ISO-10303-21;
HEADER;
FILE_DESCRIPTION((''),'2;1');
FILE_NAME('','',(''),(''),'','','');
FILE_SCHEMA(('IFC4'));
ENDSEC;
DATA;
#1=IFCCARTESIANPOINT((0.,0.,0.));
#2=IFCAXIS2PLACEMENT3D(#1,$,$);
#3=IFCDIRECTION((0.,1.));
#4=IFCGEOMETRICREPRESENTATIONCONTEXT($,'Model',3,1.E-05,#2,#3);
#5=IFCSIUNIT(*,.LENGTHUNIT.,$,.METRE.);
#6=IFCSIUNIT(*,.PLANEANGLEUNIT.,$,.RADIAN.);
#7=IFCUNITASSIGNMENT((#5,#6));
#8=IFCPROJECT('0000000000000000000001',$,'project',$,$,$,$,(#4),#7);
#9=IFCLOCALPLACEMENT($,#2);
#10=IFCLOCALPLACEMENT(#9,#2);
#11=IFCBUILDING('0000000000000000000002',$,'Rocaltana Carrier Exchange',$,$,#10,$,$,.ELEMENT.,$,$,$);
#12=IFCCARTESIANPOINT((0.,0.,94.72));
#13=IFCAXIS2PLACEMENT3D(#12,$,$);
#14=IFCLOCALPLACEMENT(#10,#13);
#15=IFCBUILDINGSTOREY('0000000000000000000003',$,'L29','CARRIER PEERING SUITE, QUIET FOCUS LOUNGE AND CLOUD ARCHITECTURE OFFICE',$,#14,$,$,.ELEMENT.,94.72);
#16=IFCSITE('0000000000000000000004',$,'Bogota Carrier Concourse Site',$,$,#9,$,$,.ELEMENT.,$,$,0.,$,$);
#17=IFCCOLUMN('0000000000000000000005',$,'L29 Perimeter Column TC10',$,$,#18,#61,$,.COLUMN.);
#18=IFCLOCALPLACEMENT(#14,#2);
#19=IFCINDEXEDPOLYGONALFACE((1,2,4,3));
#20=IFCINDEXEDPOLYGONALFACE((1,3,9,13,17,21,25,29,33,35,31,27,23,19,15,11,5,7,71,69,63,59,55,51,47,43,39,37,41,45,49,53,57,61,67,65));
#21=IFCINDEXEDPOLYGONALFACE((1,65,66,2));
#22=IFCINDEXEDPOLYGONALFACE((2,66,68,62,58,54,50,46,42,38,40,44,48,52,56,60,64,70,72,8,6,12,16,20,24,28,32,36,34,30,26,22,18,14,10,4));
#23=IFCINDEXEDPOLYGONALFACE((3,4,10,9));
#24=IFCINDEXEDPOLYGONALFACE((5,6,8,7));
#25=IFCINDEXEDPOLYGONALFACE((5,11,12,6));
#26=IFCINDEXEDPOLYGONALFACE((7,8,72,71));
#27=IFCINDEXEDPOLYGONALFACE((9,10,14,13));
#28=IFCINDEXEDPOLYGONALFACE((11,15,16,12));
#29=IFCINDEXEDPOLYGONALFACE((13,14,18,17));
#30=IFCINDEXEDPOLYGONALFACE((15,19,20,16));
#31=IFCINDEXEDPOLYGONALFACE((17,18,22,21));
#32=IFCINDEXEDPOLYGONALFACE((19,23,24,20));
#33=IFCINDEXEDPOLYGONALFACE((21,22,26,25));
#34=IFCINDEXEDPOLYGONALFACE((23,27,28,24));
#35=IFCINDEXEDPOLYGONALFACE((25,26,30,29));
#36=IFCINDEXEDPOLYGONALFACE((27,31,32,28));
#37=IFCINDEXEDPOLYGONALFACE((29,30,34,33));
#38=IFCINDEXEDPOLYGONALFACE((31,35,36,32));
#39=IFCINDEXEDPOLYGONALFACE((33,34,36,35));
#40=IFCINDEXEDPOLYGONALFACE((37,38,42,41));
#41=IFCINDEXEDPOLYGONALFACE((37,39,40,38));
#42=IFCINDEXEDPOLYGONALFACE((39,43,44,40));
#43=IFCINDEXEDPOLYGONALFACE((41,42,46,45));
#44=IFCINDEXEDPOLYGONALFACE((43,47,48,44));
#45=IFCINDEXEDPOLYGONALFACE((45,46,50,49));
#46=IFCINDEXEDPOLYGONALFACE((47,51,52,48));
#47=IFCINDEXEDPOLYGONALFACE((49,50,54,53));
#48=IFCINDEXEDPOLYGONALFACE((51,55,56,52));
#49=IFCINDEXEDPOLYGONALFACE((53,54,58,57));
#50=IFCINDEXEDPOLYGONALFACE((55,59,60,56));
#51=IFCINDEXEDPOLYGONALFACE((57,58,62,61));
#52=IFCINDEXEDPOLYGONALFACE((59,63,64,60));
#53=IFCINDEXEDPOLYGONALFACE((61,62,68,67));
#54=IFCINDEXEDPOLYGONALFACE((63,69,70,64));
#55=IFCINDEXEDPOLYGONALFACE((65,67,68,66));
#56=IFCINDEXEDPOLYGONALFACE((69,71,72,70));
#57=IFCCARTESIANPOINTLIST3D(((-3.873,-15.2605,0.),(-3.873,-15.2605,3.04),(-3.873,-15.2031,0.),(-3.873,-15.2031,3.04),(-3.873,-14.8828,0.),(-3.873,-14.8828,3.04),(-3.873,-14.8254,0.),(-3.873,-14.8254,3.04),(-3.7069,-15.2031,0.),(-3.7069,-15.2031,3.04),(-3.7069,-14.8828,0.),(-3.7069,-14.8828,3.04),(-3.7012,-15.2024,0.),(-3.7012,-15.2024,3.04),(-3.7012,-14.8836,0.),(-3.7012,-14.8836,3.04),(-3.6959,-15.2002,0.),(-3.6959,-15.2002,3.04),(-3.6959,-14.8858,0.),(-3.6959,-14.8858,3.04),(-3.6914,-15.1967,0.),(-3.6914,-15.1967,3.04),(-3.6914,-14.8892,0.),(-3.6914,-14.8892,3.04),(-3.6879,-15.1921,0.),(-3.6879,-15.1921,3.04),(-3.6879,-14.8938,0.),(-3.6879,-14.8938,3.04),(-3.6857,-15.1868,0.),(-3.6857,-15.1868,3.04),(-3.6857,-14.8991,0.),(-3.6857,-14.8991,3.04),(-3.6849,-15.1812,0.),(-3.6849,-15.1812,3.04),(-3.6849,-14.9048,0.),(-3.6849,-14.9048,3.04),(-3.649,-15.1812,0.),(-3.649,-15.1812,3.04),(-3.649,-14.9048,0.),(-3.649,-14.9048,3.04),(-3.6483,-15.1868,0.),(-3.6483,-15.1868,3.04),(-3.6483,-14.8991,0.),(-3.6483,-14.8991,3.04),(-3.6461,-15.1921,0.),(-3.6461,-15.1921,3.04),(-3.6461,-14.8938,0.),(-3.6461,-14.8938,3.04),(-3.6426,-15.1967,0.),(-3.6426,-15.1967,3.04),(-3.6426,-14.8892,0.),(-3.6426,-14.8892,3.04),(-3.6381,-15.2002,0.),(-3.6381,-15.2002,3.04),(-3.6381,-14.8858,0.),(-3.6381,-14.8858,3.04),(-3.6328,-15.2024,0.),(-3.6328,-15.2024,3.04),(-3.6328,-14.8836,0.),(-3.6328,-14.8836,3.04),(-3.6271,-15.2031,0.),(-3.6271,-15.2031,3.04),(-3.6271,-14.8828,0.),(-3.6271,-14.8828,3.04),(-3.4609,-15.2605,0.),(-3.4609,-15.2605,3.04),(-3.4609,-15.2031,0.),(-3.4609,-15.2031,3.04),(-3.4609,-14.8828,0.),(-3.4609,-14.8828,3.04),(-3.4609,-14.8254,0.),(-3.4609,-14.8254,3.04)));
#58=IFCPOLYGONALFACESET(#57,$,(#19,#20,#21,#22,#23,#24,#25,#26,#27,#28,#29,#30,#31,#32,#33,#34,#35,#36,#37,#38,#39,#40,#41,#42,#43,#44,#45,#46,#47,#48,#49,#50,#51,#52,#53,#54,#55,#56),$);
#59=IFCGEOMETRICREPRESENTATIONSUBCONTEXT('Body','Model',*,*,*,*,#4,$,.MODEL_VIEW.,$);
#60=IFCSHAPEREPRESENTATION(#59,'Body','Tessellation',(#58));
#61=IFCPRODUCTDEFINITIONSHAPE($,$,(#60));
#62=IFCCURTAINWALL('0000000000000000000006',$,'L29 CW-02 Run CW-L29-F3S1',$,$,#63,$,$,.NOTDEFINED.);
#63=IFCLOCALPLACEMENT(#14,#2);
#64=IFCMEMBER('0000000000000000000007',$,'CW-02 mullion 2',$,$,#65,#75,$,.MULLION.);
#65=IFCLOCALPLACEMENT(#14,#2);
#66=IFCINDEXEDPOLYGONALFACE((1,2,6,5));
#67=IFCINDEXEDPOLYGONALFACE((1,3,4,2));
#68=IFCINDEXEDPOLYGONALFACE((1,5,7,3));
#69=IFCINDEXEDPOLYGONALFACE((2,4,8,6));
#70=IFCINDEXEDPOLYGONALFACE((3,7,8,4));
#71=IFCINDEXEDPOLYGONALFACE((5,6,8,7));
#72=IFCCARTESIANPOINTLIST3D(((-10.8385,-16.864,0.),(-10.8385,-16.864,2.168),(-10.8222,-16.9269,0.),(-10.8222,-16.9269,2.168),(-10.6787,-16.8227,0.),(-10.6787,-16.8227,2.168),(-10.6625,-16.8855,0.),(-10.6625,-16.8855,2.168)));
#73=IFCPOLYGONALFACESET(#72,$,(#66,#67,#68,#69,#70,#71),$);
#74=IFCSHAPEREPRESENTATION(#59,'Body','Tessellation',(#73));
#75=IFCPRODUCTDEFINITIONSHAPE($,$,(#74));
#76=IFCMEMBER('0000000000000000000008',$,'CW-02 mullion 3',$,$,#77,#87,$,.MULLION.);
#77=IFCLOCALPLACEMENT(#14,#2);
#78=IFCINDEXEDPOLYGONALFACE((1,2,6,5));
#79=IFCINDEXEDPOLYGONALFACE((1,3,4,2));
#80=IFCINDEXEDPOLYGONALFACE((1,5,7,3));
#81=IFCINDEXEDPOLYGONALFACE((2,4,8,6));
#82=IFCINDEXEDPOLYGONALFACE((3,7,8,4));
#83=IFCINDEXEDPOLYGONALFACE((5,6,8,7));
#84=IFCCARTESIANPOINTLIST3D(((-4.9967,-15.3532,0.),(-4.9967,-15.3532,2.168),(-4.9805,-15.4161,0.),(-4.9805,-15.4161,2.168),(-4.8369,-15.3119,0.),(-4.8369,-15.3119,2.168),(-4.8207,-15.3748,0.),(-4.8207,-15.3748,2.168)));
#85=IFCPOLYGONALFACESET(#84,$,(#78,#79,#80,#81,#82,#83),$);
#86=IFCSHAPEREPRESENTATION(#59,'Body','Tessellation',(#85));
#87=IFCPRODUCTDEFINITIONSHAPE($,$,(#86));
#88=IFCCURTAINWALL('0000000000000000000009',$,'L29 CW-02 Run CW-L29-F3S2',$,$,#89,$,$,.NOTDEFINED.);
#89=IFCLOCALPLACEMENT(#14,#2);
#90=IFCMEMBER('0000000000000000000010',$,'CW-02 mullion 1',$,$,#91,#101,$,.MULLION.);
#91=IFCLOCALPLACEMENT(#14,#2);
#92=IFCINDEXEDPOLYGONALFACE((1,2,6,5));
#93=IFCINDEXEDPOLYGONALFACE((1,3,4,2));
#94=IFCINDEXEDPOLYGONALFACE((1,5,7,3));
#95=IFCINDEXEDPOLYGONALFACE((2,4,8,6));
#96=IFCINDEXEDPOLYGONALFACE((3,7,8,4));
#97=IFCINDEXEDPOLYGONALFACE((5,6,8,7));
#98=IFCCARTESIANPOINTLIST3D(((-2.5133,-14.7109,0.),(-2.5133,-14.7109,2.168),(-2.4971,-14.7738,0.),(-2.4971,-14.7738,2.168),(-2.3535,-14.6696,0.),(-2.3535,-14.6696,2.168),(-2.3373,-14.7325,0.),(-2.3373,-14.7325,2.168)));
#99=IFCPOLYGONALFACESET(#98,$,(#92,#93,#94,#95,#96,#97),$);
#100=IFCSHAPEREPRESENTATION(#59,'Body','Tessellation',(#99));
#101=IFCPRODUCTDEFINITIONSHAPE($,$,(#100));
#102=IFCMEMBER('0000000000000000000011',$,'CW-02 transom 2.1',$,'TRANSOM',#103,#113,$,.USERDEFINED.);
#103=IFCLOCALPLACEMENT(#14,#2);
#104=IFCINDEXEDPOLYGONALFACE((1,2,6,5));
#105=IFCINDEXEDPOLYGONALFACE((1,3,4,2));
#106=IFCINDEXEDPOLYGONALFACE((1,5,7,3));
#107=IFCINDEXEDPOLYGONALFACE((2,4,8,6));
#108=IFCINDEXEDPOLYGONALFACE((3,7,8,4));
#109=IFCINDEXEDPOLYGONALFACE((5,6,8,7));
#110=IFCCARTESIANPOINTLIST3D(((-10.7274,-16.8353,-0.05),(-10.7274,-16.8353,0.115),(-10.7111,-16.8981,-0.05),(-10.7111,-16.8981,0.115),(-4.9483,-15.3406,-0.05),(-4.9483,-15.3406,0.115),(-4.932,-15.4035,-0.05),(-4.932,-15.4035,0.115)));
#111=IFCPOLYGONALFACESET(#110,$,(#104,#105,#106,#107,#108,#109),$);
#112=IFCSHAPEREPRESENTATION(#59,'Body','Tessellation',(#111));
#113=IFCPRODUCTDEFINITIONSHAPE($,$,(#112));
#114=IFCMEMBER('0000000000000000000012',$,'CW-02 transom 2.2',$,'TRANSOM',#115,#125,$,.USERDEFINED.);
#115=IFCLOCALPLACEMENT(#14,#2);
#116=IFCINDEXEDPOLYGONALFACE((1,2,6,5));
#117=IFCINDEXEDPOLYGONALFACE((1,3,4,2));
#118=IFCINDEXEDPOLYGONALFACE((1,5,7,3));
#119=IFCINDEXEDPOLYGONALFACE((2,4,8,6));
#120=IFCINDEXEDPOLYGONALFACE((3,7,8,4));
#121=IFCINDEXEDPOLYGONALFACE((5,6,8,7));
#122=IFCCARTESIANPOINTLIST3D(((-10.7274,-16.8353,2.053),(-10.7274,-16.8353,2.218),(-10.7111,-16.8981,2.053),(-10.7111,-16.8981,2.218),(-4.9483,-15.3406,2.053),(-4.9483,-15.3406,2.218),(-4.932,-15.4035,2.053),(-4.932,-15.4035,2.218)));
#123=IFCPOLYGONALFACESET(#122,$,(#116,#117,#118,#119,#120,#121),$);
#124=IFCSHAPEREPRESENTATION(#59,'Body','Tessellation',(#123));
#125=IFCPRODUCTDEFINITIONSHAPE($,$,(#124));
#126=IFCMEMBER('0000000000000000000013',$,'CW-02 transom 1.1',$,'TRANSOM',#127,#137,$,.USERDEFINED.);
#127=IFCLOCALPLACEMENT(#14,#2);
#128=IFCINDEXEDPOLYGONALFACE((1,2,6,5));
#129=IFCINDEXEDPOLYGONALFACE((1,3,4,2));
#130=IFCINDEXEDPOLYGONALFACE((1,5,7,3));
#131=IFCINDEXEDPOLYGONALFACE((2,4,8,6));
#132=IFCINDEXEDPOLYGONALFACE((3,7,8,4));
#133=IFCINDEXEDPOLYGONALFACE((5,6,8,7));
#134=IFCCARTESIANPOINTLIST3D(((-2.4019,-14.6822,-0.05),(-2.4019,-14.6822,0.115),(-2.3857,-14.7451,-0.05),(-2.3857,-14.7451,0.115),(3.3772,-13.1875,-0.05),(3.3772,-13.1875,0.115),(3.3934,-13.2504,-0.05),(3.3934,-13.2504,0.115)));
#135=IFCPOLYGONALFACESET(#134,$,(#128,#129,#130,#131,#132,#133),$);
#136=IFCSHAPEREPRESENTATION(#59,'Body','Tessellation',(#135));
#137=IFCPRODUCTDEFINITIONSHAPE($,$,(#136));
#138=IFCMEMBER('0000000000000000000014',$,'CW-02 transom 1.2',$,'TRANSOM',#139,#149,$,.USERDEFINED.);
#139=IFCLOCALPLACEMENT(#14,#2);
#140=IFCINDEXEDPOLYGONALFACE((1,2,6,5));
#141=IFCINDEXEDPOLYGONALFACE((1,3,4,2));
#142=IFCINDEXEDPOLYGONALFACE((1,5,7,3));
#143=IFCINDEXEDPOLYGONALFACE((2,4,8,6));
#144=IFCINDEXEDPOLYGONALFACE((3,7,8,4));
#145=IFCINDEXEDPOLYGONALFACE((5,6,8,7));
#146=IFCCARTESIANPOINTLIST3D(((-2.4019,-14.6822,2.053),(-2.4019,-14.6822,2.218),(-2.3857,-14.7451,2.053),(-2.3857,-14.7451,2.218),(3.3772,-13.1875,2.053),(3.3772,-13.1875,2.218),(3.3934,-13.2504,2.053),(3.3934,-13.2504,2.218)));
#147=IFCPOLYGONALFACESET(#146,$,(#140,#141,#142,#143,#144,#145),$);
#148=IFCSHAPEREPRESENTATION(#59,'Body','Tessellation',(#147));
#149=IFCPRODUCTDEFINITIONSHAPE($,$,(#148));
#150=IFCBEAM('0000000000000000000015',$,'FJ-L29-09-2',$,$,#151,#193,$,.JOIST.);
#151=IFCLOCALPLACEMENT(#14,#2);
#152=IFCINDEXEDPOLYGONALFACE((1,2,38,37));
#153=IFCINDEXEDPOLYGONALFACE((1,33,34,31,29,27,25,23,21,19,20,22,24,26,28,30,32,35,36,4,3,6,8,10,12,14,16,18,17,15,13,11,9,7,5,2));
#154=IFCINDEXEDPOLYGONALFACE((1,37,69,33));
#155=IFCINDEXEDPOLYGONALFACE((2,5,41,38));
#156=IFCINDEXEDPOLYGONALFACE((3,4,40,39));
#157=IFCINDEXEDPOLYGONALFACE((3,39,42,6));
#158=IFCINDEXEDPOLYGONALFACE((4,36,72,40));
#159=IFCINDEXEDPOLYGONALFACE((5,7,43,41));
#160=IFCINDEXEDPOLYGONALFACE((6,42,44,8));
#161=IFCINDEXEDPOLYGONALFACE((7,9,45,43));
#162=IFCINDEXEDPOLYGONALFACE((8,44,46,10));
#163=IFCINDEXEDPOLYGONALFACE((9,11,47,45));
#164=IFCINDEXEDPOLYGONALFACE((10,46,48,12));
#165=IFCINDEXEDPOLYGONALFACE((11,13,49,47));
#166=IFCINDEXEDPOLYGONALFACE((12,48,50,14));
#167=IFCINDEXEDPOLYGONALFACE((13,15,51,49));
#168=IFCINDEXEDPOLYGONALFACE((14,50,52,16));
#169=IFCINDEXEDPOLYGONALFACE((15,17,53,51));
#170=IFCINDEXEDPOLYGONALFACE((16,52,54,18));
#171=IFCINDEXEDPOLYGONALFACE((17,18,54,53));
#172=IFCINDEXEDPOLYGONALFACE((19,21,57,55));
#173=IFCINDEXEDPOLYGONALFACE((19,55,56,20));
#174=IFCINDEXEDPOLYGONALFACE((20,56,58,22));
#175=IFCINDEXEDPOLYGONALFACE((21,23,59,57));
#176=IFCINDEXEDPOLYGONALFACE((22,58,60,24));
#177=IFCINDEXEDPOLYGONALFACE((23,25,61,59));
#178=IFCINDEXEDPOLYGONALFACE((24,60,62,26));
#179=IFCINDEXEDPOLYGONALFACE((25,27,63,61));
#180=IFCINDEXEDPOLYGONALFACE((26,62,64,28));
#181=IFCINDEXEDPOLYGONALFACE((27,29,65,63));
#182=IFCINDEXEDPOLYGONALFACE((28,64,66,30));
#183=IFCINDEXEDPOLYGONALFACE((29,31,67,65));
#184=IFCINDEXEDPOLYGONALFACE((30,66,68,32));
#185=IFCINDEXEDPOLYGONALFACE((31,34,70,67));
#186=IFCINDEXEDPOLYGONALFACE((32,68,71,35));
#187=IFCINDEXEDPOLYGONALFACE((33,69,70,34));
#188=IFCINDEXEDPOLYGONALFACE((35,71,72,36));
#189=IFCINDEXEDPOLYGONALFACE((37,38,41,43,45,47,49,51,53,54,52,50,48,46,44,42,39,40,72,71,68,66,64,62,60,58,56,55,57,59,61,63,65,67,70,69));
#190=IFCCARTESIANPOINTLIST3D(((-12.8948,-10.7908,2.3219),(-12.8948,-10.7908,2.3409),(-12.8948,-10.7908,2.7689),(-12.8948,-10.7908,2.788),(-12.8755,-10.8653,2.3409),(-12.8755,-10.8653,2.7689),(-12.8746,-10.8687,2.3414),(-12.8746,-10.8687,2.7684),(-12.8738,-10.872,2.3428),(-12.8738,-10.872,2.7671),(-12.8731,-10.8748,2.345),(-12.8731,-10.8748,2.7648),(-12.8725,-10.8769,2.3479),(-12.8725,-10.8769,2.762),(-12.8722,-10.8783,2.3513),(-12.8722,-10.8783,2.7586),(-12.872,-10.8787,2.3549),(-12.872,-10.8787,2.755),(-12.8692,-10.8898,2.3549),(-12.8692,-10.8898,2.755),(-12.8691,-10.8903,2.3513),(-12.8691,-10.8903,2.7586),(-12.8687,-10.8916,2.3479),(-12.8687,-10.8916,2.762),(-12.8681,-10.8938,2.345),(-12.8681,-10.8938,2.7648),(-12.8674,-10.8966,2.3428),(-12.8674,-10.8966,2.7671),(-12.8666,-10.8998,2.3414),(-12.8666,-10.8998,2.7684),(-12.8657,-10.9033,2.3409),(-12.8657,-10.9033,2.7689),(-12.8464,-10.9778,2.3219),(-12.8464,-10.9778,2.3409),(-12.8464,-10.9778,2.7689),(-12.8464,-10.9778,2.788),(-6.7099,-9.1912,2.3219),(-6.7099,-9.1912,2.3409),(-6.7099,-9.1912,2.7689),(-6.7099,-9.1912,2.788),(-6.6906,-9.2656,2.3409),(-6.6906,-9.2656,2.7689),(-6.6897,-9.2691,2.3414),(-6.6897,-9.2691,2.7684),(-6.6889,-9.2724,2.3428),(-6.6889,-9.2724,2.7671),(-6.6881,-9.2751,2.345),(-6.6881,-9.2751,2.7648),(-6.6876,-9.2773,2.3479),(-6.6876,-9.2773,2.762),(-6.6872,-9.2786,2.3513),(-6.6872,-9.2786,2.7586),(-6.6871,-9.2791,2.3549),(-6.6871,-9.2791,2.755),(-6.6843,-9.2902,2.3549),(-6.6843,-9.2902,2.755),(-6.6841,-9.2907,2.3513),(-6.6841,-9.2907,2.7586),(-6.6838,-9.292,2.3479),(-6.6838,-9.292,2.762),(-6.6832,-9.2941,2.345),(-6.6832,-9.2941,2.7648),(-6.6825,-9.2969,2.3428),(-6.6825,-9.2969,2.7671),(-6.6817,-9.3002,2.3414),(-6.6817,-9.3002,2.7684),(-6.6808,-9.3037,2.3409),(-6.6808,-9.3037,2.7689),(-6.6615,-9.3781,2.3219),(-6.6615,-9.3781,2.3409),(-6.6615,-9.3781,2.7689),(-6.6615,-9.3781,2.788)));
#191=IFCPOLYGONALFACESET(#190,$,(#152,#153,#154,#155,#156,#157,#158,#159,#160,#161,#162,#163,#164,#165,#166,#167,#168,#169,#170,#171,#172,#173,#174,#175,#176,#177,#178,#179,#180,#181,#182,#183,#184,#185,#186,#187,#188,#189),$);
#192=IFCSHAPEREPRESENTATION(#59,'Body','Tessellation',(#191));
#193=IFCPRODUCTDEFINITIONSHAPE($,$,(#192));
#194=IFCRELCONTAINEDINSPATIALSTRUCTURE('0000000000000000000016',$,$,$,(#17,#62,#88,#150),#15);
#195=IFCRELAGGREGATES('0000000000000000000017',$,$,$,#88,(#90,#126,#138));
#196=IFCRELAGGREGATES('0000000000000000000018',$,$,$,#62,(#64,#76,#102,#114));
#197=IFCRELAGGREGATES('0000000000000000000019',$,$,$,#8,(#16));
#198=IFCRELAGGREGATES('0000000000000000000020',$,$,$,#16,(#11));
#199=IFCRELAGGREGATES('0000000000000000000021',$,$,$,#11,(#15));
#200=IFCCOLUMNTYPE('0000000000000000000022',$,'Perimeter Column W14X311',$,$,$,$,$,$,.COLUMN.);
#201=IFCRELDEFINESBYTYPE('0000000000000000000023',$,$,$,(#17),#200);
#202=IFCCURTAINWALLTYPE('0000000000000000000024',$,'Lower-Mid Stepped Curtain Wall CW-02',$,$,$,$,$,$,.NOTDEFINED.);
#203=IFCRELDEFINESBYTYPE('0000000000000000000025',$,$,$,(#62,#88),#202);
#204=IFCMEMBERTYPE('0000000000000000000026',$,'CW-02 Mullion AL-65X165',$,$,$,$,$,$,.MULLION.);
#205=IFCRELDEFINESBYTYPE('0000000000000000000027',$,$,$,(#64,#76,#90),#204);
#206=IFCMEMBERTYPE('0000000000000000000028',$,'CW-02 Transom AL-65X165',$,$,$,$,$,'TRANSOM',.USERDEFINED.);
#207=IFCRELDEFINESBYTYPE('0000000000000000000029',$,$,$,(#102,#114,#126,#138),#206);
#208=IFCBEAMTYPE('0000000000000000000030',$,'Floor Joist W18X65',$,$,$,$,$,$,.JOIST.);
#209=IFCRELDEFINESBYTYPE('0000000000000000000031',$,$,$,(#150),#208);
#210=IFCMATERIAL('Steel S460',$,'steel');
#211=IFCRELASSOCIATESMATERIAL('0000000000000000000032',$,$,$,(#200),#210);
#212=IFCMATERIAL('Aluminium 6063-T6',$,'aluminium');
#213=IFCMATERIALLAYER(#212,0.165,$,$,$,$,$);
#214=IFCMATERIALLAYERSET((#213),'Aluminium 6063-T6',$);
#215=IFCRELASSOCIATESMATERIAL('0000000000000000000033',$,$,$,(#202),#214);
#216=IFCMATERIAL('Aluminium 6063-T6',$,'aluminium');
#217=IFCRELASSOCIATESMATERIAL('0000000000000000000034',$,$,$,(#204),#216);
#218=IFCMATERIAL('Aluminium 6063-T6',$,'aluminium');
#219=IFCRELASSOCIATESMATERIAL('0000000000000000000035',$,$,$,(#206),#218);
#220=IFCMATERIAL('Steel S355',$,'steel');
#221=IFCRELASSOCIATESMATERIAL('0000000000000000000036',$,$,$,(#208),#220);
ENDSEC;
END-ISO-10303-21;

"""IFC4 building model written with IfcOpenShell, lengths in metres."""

from ifc_helpers import new_model, si_unit, direction, frame, origin, origin_2d, place, context, subcontext, project, spatial, rectangle, i_section, extrude, material, layer, layer_set, material_profile, profile_set, type_object, element, aggregate, save


model = new_model("IFC4")

# Units and contexts
model_context = context("Model", 3, precision=1e-05, world=origin(), true_north=direction((0.0, 1.0)))
body_context = subcontext(model_context, "Body", "Model", "MODEL_VIEW")
ifc_project = project(units=[si_unit("LENGTHUNIT", "METRE"), si_unit("PLANEANGLEUNIT", "RADIAN")], contexts=[model_context])

# Site, building, storey
site_placement = place(None, origin())
site = spatial("IfcSite", under=ifc_project, at=site_placement, Name="Bogota Carrier Concourse Site", CompositionType="ELEMENT", RefElevation=0.0)
building_placement = place(site_placement, origin())
building = spatial("IfcBuilding", under=site, at=building_placement, Name="Rocaltana Carrier Exchange", CompositionType="ELEMENT")
storey_placement = place(building_placement, frame((0.0, 0.0, 94.72)))
storey = spatial("IfcBuildingStorey", under=building, at=storey_placement, Name="L29", Description="CARRIER PEERING SUITE, QUIET FOCUS LOUNGE AND CLOUD ARCHITECTURE OFFICE", CompositionType="ELEMENT", Elevation=94.72)

# Column
ifc_material_1 = material(Name="Steel S460", Category="steel")
ifc_material_profile_1 = material_profile(ifc_material_1, i_section(OverallWidth=0.4121, OverallDepth=0.4351, WebThickness=0.0359, FlangeThickness=0.0574, FilletRadius=0.022, at=origin_2d()), Name="W14X311")
ifc_profile_set_1 = profile_set([ifc_material_profile_1], Name="Steel S460")
column_type = type_object("IfcColumnType", Name="Perimeter Column W14X311", PredefinedType="COLUMN", material=ifc_profile_set_1)
column_placement = place(storey_placement, frame((-3.667, -15.043, 0.0), z_axis=(0.0, 0.0, 1.0), x_axis=(1.0, 0.0, 0.0)))
element("IfcColumn", 1, at=column_placement, inside=storey, type_object=column_type, Name="L29 Perimeter Column TC10", PredefinedType="COLUMN", context=body_context, shape_type="SweptSolid", body=[
    extrude(i_section(OverallWidth=0.4121, OverallDepth=0.4351, WebThickness=0.0359, FlangeThickness=0.0574, FilletRadius=0.022, at=origin_2d()), origin(), (0.0, 0.0, 1.0), 3.04),
])

# Curtain wall, members
ifc_material_2 = material(Name="Aluminium 6063-T6", Category="aluminium")
ifc_layer_1 = layer(ifc_material_2, 0.165)
ifc_layer_set_1 = layer_set([ifc_layer_1], Name="Aluminium 6063-T6")
curtain_wall_type = type_object("IfcCurtainWallType", Name="Lower-Mid Stepped Curtain Wall CW-02", PredefinedType="NOTDEFINED", material=ifc_layer_set_1)
curtain_wall_1_placement = place(storey_placement, origin())
curtain_wall_1 = element("IfcCurtainWall", 2, at=curtain_wall_1_placement, inside=storey, type_object=curtain_wall_type, Name="L29 CW-02 Run CW-L29-F3S1", PredefinedType="NOTDEFINED")
ifc_material_3 = material(Name="Aluminium 6063-T6", Category="aluminium")
ifc_material_profile_2 = material_profile(ifc_material_3, rectangle(XDim=0.0649, YDim=0.165, at=origin_2d()), Name="AL-65X165")
ifc_profile_set_2 = profile_set([ifc_material_profile_2], Name="Aluminium 6063-T6")
member_type_1 = type_object("IfcMemberType", Name="CW-02 Mullion AL-65X165", PredefinedType="MULLION", material=ifc_profile_set_2)
member_1_placement = place(storey_placement, frame((-10.7505, -16.8748, 0.0), z_axis=(0.0, 0.0, 1.0), x_axis=(-0.250378, 0.968148, 0.0)))
member_1 = element("IfcMember", 3, at=member_1_placement, type_object=member_type_1, Name="CW-02 mullion 2", PredefinedType="MULLION", context=body_context, shape_type="SweptSolid", body=[
    extrude(rectangle(XDim=0.0649, YDim=0.165, at=origin_2d()), origin(), (0.0, 0.0, 1.0), 2.168),
])
member_2_placement = place(storey_placement, frame((-4.9087, -15.364, 0.0), z_axis=(0.0, 0.0, 1.0), x_axis=(-0.250378, 0.968148, 0.0)))
member_2 = element("IfcMember", 4, at=member_2_placement, type_object=member_type_1, Name="CW-02 mullion 3", PredefinedType="MULLION", context=body_context, shape_type="SweptSolid", body=[
    extrude(rectangle(XDim=0.0649, YDim=0.165, at=origin_2d()), origin(), (0.0, 0.0, 1.0), 2.168),
])

# Curtain wall, member
curtain_wall_2_placement = place(storey_placement, origin())
curtain_wall_2 = element("IfcCurtainWall", 5, at=curtain_wall_2_placement, inside=storey, type_object=curtain_wall_type, Name="L29 CW-02 Run CW-L29-F3S2", PredefinedType="NOTDEFINED")
member_3_placement = place(storey_placement, frame((-2.4253, -14.7217, 0.0), z_axis=(0.0, 0.0, 1.0), x_axis=(-0.250378, 0.968148, 0.0)))
member_3 = element("IfcMember", 6, at=member_3_placement, type_object=member_type_1, Name="CW-02 mullion 1", PredefinedType="MULLION", context=body_context, shape_type="SweptSolid", body=[
    extrude(rectangle(XDim=0.0649, YDim=0.165, at=origin_2d()), origin(), (0.0, 0.0, 1.0), 2.168),
])

# Members
ifc_material_4 = material(Name="Aluminium 6063-T6", Category="aluminium")
ifc_material_profile_3 = material_profile(ifc_material_4, rectangle(XDim=0.0649, YDim=0.165, at=origin_2d()), Name="AL-65X165")
ifc_profile_set_3 = profile_set([ifc_material_profile_3], Name="Aluminium 6063-T6")
member_type_2 = type_object("IfcMemberType", Name="CW-02 Transom AL-65X165", ElementType="TRANSOM", PredefinedType="USERDEFINED", material=ifc_profile_set_3)
member_4_placement = place(storey_placement, frame((-10.7192, -16.8667, 0.0325), z_axis=(0.968145, 0.25039, 0.0), x_axis=(-0.25039, 0.968145, 0.0)))
member_4 = element("IfcMember", 7, at=member_4_placement, type_object=member_type_2, Name="CW-02 transom 2.1", ObjectType="TRANSOM", PredefinedType="USERDEFINED", context=body_context, shape_type="SweptSolid", body=[
    extrude(rectangle(XDim=0.0649, YDim=0.165, at=origin_2d()), origin(), (0.0, 0.0, 1.0), 5.9692),
])
member_5_placement = place(storey_placement, frame((-10.7192, -16.8667, 2.1355), z_axis=(0.968145, 0.25039, 0.0), x_axis=(-0.25039, 0.968145, 0.0)))
member_5 = element("IfcMember", 8, at=member_5_placement, type_object=member_type_2, Name="CW-02 transom 2.2", ObjectType="TRANSOM", PredefinedType="USERDEFINED", context=body_context, shape_type="SweptSolid", body=[
    extrude(rectangle(XDim=0.0649, YDim=0.165, at=origin_2d()), origin(), (0.0, 0.0, 1.0), 5.9692),
])
member_6_placement = place(storey_placement, frame((-2.3938, -14.7136, 0.0325), z_axis=(0.968145, 0.25039, 0.0), x_axis=(-0.25039, 0.968145, 0.0)))
member_6 = element("IfcMember", 9, at=member_6_placement, type_object=member_type_2, Name="CW-02 transom 1.1", ObjectType="TRANSOM", PredefinedType="USERDEFINED", context=body_context, shape_type="SweptSolid", body=[
    extrude(rectangle(XDim=0.0649, YDim=0.165, at=origin_2d()), origin(), (0.0, 0.0, 1.0), 5.9692),
])
member_7_placement = place(storey_placement, frame((-2.3938, -14.7136, 2.1355), z_axis=(0.968145, 0.25039, 0.0), x_axis=(-0.25039, 0.968145, 0.0)))
member_7 = element("IfcMember", 10, at=member_7_placement, type_object=member_type_2, Name="CW-02 transom 1.2", ObjectType="TRANSOM", PredefinedType="USERDEFINED", context=body_context, shape_type="SweptSolid", body=[
    extrude(rectangle(XDim=0.0649, YDim=0.165, at=origin_2d()), origin(), (0.0, 0.0, 1.0), 5.9692),
])
aggregate(curtain_wall_2, [member_3, member_6, member_7])

# Beam
ifc_material_5 = material(Name="Steel S355", Category="steel")
ifc_material_profile_4 = material_profile(ifc_material_5, i_section(OverallWidth=0.1931, OverallDepth=0.4661, WebThickness=0.0115, FlangeThickness=0.019, FilletRadius=0.0139, at=origin_2d()), Name="W18X65")
ifc_profile_set_4 = profile_set([ifc_material_profile_4], Name="Steel S355")
beam_type_1 = type_object("IfcBeamType", Name="Floor Joist W18X65", PredefinedType="JOIST", material=ifc_profile_set_4)
beam_1_placement = place(storey_placement, frame((-12.8706, -10.8843, 2.5549), z_axis=(0.968144, 0.250396, 0.0), x_axis=(-0.250396, 0.968144, 0.0)))
element("IfcBeam", 11, at=beam_1_placement, inside=storey, type_object=beam_type_1, Name="FJ-L29-09-2", PredefinedType="JOIST", context=body_context, shape_type="SweptSolid", body=[
    extrude(i_section(OverallWidth=0.1931, OverallDepth=0.4661, WebThickness=0.0115, FlangeThickness=0.019, FilletRadius=0.0139, at=origin_2d()), origin(), (0.0, 0.0, 1.0), 6.3884),
])

aggregate(curtain_wall_1, [member_1, member_2, member_4, member_5])

save(model, "model.ifc")
